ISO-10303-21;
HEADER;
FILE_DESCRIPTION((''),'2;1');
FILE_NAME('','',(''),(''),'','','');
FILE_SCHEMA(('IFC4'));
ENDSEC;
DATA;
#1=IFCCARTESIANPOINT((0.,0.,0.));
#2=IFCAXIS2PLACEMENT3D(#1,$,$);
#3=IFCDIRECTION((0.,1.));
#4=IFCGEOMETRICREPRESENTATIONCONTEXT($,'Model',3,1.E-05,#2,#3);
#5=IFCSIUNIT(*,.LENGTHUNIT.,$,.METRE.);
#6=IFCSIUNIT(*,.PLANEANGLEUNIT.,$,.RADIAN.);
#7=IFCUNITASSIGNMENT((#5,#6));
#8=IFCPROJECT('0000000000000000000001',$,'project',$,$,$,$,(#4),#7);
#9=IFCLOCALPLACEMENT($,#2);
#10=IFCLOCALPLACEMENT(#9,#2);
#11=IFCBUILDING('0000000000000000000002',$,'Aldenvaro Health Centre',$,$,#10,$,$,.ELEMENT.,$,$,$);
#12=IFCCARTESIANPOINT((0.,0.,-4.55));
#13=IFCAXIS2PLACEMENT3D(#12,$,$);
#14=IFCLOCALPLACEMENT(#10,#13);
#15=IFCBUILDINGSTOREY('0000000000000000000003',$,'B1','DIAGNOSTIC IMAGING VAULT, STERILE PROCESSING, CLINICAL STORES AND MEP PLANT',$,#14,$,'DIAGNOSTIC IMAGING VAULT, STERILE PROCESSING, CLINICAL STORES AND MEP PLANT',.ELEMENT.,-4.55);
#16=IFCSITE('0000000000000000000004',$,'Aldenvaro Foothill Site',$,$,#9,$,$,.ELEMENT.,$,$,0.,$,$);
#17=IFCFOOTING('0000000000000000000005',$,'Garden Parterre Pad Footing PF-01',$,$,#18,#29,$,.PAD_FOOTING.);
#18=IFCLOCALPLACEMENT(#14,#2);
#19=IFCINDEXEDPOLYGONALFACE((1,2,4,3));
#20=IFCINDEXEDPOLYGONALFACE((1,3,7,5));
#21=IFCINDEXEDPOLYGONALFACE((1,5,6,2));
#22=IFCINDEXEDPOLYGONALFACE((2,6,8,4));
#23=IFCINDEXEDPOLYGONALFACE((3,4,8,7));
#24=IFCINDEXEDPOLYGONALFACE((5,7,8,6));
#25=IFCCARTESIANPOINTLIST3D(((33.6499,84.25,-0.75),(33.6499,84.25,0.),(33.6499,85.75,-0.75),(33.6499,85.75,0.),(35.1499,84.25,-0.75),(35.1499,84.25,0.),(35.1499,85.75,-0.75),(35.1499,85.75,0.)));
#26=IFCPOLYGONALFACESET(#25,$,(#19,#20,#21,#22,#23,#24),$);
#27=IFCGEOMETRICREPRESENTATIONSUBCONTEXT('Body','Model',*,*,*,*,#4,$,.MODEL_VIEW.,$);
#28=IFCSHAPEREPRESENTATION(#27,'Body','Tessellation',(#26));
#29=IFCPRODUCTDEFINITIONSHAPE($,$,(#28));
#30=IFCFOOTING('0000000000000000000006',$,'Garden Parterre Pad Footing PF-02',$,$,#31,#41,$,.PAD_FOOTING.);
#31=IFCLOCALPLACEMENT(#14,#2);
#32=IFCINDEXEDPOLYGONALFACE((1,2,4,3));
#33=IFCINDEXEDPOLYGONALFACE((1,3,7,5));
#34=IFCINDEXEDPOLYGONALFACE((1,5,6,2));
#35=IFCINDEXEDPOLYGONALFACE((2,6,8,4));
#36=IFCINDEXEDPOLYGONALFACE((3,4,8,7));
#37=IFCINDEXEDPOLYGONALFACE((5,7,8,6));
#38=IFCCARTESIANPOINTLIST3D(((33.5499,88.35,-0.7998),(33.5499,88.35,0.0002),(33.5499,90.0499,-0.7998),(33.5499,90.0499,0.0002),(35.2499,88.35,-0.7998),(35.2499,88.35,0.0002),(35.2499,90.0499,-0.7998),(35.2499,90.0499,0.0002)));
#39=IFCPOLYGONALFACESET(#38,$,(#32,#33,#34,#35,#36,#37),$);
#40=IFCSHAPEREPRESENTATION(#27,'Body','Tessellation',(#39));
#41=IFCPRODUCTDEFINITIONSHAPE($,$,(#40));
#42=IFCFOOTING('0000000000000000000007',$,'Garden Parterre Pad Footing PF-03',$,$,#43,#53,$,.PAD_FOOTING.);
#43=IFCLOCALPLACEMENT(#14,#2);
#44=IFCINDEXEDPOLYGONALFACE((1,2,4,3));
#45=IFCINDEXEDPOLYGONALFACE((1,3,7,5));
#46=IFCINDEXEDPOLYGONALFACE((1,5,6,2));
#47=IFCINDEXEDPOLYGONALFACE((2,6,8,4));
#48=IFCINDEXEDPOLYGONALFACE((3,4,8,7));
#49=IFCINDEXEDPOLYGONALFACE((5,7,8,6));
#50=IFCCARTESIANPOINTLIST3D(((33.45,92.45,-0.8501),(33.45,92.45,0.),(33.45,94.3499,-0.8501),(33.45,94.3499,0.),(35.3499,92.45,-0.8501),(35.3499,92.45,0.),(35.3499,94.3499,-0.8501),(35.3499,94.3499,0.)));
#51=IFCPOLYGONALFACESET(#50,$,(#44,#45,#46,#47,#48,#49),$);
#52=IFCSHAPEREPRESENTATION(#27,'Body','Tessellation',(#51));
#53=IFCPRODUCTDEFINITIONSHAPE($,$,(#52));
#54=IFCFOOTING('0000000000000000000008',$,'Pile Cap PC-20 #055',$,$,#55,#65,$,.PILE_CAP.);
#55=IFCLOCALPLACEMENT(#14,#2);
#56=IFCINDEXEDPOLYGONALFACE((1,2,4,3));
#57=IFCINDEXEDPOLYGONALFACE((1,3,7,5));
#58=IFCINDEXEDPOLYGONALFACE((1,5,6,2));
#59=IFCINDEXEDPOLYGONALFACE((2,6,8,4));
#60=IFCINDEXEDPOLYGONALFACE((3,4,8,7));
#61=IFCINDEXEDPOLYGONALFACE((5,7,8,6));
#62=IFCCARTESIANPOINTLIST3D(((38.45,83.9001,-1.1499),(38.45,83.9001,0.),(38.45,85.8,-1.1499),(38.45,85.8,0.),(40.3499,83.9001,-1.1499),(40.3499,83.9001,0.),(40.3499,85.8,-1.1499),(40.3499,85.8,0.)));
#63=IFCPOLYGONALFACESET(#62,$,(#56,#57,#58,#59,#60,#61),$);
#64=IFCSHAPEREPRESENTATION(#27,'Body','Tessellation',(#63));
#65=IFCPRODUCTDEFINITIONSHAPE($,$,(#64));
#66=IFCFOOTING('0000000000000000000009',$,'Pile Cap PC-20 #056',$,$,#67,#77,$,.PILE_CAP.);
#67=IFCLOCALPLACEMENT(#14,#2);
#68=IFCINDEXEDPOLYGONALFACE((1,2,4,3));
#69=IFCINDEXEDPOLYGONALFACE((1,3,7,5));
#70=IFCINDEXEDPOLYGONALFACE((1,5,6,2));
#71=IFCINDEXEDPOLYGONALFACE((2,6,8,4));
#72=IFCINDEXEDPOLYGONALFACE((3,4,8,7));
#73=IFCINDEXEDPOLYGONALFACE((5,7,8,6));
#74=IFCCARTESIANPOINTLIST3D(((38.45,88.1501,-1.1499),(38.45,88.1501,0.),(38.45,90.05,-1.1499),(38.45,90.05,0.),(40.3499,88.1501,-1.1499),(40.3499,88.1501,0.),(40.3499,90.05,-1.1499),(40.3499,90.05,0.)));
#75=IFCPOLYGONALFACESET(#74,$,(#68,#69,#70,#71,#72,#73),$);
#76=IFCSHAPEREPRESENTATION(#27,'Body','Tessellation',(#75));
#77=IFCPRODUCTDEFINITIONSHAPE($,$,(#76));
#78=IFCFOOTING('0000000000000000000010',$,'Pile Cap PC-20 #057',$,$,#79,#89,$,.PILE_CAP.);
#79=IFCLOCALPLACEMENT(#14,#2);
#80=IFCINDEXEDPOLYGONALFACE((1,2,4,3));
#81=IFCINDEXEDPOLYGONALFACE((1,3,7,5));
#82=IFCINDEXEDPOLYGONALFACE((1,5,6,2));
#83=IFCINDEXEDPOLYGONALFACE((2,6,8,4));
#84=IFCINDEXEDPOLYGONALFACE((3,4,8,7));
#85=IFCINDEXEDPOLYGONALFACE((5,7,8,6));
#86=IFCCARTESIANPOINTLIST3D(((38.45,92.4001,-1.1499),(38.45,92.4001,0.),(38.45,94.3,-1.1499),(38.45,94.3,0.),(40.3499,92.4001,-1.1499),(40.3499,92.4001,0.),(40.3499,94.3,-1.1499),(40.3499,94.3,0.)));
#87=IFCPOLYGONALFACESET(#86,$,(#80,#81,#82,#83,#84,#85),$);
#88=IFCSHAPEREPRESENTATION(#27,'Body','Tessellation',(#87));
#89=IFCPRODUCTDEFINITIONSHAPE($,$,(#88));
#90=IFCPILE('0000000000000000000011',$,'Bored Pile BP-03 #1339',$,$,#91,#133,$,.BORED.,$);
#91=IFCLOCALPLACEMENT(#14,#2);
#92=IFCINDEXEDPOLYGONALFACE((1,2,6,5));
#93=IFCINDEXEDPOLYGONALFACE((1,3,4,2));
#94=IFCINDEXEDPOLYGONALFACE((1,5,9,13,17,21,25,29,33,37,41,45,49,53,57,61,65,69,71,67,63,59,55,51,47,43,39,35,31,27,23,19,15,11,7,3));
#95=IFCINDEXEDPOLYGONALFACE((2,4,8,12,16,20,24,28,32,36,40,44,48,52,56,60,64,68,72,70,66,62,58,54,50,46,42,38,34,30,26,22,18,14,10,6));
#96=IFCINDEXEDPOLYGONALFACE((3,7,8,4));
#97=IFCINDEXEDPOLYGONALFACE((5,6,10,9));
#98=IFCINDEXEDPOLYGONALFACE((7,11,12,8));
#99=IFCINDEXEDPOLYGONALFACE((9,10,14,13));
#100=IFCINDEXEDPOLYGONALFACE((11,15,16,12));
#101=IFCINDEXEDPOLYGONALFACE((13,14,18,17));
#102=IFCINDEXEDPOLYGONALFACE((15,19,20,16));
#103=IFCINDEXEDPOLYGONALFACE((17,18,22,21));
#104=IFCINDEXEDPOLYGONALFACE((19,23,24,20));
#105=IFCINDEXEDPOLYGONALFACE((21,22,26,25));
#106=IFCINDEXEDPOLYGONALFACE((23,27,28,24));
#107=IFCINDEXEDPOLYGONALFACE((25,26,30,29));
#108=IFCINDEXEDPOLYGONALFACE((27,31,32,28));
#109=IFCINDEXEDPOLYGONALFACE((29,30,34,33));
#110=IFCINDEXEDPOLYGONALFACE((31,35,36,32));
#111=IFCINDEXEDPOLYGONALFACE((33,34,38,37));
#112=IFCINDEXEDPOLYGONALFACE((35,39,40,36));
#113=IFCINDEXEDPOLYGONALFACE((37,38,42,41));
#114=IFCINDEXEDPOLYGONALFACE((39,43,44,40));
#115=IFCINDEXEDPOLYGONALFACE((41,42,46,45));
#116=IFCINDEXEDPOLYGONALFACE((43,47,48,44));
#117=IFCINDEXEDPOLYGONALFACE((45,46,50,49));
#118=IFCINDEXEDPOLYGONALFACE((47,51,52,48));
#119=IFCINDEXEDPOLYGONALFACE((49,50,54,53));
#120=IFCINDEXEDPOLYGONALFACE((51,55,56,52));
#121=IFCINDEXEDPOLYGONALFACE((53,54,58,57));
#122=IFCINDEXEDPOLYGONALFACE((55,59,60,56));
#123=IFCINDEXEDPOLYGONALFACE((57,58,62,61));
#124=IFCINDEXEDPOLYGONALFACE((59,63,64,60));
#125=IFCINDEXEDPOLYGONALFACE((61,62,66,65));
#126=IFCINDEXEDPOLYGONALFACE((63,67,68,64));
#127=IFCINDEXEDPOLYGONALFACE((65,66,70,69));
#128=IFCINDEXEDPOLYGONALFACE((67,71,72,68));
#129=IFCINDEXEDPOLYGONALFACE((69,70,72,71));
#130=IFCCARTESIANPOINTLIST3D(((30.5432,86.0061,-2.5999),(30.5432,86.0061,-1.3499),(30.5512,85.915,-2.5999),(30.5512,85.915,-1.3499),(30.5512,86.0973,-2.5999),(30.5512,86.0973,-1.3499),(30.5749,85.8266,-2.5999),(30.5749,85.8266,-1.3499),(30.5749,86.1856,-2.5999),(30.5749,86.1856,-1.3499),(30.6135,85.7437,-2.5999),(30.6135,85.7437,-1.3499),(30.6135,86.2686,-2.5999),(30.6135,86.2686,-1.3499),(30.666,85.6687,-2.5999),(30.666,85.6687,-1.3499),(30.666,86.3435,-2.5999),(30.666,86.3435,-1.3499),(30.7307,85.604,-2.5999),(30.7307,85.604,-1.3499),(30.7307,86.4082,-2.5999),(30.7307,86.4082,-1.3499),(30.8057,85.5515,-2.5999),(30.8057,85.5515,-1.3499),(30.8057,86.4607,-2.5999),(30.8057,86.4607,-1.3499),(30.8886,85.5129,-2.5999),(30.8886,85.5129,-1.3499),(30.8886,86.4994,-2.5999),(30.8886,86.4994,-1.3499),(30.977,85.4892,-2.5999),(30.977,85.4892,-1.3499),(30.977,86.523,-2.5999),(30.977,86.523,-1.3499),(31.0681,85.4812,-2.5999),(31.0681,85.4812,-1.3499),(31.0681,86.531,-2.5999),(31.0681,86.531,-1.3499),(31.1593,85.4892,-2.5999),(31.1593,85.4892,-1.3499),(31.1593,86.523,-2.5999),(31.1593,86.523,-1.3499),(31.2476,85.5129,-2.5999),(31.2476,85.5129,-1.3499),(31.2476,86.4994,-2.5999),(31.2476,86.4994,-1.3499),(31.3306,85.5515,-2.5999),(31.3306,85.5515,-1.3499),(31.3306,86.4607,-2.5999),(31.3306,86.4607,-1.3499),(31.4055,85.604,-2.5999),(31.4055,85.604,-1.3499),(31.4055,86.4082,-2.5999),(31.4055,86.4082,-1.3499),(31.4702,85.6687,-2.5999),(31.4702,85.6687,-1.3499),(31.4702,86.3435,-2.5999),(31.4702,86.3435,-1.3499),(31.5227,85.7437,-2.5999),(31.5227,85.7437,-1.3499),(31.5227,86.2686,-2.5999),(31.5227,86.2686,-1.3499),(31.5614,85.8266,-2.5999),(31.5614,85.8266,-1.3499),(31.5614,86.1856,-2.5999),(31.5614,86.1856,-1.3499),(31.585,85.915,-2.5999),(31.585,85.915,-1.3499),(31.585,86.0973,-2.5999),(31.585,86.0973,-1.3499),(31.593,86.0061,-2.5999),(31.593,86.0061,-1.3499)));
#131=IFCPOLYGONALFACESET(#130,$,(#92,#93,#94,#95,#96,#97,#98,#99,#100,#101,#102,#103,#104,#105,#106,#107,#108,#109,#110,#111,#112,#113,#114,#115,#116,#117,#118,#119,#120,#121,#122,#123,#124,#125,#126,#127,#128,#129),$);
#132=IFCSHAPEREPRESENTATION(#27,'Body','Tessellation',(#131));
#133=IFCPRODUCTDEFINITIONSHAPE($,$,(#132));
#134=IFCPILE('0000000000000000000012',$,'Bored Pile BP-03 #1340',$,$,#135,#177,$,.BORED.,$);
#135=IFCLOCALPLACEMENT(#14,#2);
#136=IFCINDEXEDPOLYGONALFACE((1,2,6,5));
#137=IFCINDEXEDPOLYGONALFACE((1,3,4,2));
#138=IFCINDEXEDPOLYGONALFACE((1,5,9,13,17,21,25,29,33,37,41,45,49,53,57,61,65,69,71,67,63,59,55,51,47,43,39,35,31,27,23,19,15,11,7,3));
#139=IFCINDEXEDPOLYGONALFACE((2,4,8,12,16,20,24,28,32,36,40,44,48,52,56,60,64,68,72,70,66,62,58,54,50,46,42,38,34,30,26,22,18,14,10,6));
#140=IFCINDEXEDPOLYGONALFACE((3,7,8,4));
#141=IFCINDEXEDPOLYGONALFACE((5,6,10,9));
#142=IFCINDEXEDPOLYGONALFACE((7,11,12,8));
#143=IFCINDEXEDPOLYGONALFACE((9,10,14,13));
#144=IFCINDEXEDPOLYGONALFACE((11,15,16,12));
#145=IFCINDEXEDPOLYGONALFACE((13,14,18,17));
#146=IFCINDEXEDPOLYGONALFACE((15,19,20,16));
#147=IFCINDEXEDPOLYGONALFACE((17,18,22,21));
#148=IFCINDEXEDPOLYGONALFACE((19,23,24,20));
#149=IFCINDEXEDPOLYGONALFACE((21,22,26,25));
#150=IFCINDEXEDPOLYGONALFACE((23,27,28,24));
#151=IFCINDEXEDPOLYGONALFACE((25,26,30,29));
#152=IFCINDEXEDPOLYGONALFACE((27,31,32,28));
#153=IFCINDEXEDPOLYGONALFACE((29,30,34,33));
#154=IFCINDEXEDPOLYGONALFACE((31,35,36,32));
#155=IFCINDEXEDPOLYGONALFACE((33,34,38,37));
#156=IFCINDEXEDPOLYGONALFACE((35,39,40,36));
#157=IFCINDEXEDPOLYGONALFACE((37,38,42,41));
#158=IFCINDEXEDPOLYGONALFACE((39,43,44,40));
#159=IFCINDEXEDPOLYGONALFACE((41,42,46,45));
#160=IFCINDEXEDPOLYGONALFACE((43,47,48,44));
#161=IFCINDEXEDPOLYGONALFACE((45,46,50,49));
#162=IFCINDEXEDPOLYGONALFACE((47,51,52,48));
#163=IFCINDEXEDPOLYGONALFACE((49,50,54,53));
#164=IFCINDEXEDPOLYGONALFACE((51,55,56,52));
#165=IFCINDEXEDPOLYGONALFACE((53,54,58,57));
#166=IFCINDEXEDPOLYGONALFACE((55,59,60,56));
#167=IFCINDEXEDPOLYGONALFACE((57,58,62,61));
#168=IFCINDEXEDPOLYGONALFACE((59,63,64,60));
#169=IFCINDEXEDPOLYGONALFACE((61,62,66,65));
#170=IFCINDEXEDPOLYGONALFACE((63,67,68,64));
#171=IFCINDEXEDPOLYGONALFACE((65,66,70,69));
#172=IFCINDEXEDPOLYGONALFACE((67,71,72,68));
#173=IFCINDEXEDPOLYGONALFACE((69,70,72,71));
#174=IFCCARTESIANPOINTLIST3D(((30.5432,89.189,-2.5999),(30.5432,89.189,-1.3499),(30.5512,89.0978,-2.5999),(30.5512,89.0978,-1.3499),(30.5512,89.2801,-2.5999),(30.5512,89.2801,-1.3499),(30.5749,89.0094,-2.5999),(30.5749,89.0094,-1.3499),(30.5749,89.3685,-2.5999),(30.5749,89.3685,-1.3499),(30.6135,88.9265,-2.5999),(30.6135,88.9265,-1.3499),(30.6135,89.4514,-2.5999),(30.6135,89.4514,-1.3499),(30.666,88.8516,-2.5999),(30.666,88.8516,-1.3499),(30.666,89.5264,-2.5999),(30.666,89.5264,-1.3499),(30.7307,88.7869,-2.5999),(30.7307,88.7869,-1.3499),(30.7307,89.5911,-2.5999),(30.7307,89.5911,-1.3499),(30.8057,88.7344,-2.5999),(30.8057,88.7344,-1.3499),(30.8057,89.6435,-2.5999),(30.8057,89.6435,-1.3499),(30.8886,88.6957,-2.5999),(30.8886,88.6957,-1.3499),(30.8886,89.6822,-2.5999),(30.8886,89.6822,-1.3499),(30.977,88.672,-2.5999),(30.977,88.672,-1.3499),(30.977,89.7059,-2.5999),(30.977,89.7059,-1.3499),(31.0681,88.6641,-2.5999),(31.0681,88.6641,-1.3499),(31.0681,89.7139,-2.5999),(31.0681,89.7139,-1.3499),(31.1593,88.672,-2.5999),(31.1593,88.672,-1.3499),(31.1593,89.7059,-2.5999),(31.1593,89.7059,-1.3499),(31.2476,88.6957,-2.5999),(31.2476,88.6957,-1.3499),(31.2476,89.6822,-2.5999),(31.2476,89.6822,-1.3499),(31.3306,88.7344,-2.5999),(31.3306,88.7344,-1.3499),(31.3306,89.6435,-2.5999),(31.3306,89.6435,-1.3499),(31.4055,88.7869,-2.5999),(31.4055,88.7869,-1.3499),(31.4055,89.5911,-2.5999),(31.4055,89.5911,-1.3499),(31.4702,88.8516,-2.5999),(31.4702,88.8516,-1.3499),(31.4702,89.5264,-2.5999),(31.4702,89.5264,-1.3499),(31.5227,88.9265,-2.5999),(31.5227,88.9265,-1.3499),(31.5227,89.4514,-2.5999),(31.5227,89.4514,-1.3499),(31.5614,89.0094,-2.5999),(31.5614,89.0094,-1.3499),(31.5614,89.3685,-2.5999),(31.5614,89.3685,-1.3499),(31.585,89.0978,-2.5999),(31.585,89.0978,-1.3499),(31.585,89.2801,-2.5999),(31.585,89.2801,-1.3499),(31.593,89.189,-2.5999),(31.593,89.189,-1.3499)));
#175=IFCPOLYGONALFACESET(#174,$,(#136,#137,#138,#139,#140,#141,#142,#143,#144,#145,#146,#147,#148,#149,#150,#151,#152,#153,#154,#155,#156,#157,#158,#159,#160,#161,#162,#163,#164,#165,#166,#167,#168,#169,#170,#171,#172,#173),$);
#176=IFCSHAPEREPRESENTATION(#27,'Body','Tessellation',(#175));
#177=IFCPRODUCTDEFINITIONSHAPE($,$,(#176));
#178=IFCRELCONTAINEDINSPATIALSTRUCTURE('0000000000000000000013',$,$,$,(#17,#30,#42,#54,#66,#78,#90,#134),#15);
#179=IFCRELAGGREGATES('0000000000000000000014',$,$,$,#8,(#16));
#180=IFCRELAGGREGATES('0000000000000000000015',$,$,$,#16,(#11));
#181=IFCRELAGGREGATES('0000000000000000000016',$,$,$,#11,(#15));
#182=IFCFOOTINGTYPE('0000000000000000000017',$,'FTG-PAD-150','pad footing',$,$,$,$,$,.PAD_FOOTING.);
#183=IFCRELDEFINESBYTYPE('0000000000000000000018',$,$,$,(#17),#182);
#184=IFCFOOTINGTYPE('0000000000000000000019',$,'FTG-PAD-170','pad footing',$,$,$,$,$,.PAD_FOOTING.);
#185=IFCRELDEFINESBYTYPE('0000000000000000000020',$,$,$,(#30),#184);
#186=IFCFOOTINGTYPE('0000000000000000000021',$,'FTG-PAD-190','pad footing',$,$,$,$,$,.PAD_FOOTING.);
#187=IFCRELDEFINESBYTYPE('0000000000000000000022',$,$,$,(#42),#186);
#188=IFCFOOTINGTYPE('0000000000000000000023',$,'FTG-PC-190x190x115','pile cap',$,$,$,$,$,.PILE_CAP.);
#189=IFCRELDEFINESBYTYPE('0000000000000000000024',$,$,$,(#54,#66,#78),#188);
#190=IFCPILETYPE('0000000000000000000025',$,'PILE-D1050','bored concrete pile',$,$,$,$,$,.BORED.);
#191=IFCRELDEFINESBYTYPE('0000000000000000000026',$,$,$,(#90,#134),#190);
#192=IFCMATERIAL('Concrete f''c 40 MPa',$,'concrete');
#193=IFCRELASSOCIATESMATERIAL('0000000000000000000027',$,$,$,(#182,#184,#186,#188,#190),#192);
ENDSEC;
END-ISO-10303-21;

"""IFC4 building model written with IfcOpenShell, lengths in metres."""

from ifc_helpers import new_model, si_unit, direction, frame, origin, origin_2d, place, context, subcontext, project, spatial, rectangle, circle, extrude, material, material_profile, profile_set, type_object, element, save


model = new_model("IFC4")

# Units and contexts
model_context = context("Model", 3, precision=1e-05, world=origin(), true_north=direction((0.0, 1.0)))
body_context = subcontext(model_context, "Body", "Model", "MODEL_VIEW")
ifc_project = project(units=[si_unit("LENGTHUNIT", "METRE"), si_unit("PLANEANGLEUNIT", "RADIAN")], contexts=[model_context])

# Site, building, storey
site_placement = place(None, origin())
site = spatial("IfcSite", under=ifc_project, at=site_placement, Name="Aldenvaro Foothill Site", CompositionType="ELEMENT", RefElevation=0.0)
building_placement = place(site_placement, origin())
building = spatial("IfcBuilding", under=site, at=building_placement, Name="Aldenvaro Health Centre", CompositionType="ELEMENT")
storey_placement = place(building_placement, frame((0.0, 0.0, -4.55)))
storey = spatial("IfcBuildingStorey", under=building, at=storey_placement, Name="B1", Description="DIAGNOSTIC IMAGING VAULT, STERILE PROCESSING, CLINICAL STORES AND MEP PLANT", LongName="DIAGNOSTIC IMAGING VAULT, STERILE PROCESSING, CLINICAL STORES AND MEP PLANT", CompositionType="ELEMENT", Elevation=-4.55)

# Footings
ifc_material_1 = material(Name="Concrete f'c 40 MPa", Category="concrete")
footing_type_1 = type_object("IfcFootingType", Name="FTG-PAD-150", Description="pad footing", PredefinedType="PAD_FOOTING", material=ifc_material_1)
footing_1_placement = place(storey_placement, frame((34.3999, 85.0, -0.75), z_axis=(0.0, 0.0, 1.0), x_axis=(1.0, 0.0, 0.0)))
element("IfcFooting", 1, at=footing_1_placement, inside=storey, type_object=footing_type_1, Name="Garden Parterre Pad Footing PF-01", PredefinedType="PAD_FOOTING", context=body_context, shape_type="SweptSolid", body=[
    extrude(rectangle(XDim=1.5, YDim=1.5, at=origin_2d()), origin(), (0.0, 0.0, 1.0), 0.75),
])
footing_type_2 = type_object("IfcFootingType", Name="FTG-PAD-170", Description="pad footing", PredefinedType="PAD_FOOTING", material=ifc_material_1)
footing_2_placement = place(storey_placement, frame((34.3999, 89.2, -0.7998), z_axis=(0.0, 0.0, 1.0), x_axis=(1.0, 0.0, 0.0)))
element("IfcFooting", 2, at=footing_2_placement, inside=storey, type_object=footing_type_2, Name="Garden Parterre Pad Footing PF-02", PredefinedType="PAD_FOOTING", context=body_context, shape_type="SweptSolid", body=[
    extrude(rectangle(XDim=1.7, YDim=1.7, at=origin_2d()), origin(), (0.0, 0.0, 1.0), 0.8),
])
footing_type_3 = type_object("IfcFootingType", Name="FTG-PAD-190", Description="pad footing", PredefinedType="PAD_FOOTING", material=ifc_material_1)
footing_3_placement = place(storey_placement, frame((34.3999, 93.3999, -0.8501), z_axis=(0.0, 0.0, 1.0), x_axis=(1.0, 0.0, 0.0)))
element("IfcFooting", 3, at=footing_3_placement, inside=storey, type_object=footing_type_3, Name="Garden Parterre Pad Footing PF-03", PredefinedType="PAD_FOOTING", context=body_context, shape_type="SweptSolid", body=[
    extrude(rectangle(XDim=1.8999, YDim=1.8999, at=origin_2d()), origin(), (0.0, 0.0, 1.0), 0.8501),
])
footing_type_4 = type_object("IfcFootingType", Name="FTG-PC-190x190x115", Description="pile cap", PredefinedType="PILE_CAP", material=ifc_material_1)
for number, where, z_axis, x_axis, name in (
    (4, (39.3999, 84.8501, -1.1499), (0.0, 0.0, 1.0), (1.0, 0.0, 0.0), "Pile Cap PC-20 #055"),
    (5, (39.3999, 89.1001, -1.1499), (0.0, 0.0, 1.0), (1.0, 0.0, 0.0), "Pile Cap PC-20 #056"),
    (6, (39.3999, 93.3501, -1.1499), (0.0, 0.0, 1.0), (1.0, 0.0, 0.0), "Pile Cap PC-20 #057"),
):
    element("IfcFooting", number, at=place(storey_placement, frame(where, z_axis=z_axis, x_axis=x_axis)), inside=storey, type_object=footing_type_4, Name=name, PredefinedType="PILE_CAP", context=body_context, shape_type="SweptSolid", body=[
        extrude(rectangle(XDim=1.8999, YDim=1.8999, at=origin_2d()), origin(), (0.0, 0.0, 1.0), 1.1499),
    ])

# Piles
ifc_material_profile_1 = material_profile(ifc_material_1, circle(Radius=0.5249, at=origin_2d()), Name="PILE D1050", Category="concrete")
ifc_profile_set_1 = profile_set([ifc_material_profile_1], Name="Concrete f'c 40 MPa")
pile_type_1 = type_object("IfcPileType", Name="PILE-D1050", Description="bored concrete pile", PredefinedType="BORED", material=ifc_profile_set_1)
for number, where, z_axis, x_axis, name in (
    (7, (31.0681, 86.0061, -1.3499), (0.0, 0.0, -1.0), (1.0, 0.0, 0.0), "Bored Pile BP-03 #1339"),
    (8, (31.0681, 89.189, -1.3499), (0.0, 0.0, -1.0), (1.0, 0.0, 0.0), "Bored Pile BP-03 #1340"),
):
    element("IfcPile", number, at=place(storey_placement, frame(where, z_axis=z_axis, x_axis=x_axis)), inside=storey, type_object=pile_type_1, Name=name, PredefinedType="BORED", context=body_context, shape_type="SweptSolid", body=[
        extrude(circle(Radius=0.5249, at=origin_2d()), origin(), (0.0, 0.0, 1.0), 1.25),
    ])

save(model, "model.ifc")
